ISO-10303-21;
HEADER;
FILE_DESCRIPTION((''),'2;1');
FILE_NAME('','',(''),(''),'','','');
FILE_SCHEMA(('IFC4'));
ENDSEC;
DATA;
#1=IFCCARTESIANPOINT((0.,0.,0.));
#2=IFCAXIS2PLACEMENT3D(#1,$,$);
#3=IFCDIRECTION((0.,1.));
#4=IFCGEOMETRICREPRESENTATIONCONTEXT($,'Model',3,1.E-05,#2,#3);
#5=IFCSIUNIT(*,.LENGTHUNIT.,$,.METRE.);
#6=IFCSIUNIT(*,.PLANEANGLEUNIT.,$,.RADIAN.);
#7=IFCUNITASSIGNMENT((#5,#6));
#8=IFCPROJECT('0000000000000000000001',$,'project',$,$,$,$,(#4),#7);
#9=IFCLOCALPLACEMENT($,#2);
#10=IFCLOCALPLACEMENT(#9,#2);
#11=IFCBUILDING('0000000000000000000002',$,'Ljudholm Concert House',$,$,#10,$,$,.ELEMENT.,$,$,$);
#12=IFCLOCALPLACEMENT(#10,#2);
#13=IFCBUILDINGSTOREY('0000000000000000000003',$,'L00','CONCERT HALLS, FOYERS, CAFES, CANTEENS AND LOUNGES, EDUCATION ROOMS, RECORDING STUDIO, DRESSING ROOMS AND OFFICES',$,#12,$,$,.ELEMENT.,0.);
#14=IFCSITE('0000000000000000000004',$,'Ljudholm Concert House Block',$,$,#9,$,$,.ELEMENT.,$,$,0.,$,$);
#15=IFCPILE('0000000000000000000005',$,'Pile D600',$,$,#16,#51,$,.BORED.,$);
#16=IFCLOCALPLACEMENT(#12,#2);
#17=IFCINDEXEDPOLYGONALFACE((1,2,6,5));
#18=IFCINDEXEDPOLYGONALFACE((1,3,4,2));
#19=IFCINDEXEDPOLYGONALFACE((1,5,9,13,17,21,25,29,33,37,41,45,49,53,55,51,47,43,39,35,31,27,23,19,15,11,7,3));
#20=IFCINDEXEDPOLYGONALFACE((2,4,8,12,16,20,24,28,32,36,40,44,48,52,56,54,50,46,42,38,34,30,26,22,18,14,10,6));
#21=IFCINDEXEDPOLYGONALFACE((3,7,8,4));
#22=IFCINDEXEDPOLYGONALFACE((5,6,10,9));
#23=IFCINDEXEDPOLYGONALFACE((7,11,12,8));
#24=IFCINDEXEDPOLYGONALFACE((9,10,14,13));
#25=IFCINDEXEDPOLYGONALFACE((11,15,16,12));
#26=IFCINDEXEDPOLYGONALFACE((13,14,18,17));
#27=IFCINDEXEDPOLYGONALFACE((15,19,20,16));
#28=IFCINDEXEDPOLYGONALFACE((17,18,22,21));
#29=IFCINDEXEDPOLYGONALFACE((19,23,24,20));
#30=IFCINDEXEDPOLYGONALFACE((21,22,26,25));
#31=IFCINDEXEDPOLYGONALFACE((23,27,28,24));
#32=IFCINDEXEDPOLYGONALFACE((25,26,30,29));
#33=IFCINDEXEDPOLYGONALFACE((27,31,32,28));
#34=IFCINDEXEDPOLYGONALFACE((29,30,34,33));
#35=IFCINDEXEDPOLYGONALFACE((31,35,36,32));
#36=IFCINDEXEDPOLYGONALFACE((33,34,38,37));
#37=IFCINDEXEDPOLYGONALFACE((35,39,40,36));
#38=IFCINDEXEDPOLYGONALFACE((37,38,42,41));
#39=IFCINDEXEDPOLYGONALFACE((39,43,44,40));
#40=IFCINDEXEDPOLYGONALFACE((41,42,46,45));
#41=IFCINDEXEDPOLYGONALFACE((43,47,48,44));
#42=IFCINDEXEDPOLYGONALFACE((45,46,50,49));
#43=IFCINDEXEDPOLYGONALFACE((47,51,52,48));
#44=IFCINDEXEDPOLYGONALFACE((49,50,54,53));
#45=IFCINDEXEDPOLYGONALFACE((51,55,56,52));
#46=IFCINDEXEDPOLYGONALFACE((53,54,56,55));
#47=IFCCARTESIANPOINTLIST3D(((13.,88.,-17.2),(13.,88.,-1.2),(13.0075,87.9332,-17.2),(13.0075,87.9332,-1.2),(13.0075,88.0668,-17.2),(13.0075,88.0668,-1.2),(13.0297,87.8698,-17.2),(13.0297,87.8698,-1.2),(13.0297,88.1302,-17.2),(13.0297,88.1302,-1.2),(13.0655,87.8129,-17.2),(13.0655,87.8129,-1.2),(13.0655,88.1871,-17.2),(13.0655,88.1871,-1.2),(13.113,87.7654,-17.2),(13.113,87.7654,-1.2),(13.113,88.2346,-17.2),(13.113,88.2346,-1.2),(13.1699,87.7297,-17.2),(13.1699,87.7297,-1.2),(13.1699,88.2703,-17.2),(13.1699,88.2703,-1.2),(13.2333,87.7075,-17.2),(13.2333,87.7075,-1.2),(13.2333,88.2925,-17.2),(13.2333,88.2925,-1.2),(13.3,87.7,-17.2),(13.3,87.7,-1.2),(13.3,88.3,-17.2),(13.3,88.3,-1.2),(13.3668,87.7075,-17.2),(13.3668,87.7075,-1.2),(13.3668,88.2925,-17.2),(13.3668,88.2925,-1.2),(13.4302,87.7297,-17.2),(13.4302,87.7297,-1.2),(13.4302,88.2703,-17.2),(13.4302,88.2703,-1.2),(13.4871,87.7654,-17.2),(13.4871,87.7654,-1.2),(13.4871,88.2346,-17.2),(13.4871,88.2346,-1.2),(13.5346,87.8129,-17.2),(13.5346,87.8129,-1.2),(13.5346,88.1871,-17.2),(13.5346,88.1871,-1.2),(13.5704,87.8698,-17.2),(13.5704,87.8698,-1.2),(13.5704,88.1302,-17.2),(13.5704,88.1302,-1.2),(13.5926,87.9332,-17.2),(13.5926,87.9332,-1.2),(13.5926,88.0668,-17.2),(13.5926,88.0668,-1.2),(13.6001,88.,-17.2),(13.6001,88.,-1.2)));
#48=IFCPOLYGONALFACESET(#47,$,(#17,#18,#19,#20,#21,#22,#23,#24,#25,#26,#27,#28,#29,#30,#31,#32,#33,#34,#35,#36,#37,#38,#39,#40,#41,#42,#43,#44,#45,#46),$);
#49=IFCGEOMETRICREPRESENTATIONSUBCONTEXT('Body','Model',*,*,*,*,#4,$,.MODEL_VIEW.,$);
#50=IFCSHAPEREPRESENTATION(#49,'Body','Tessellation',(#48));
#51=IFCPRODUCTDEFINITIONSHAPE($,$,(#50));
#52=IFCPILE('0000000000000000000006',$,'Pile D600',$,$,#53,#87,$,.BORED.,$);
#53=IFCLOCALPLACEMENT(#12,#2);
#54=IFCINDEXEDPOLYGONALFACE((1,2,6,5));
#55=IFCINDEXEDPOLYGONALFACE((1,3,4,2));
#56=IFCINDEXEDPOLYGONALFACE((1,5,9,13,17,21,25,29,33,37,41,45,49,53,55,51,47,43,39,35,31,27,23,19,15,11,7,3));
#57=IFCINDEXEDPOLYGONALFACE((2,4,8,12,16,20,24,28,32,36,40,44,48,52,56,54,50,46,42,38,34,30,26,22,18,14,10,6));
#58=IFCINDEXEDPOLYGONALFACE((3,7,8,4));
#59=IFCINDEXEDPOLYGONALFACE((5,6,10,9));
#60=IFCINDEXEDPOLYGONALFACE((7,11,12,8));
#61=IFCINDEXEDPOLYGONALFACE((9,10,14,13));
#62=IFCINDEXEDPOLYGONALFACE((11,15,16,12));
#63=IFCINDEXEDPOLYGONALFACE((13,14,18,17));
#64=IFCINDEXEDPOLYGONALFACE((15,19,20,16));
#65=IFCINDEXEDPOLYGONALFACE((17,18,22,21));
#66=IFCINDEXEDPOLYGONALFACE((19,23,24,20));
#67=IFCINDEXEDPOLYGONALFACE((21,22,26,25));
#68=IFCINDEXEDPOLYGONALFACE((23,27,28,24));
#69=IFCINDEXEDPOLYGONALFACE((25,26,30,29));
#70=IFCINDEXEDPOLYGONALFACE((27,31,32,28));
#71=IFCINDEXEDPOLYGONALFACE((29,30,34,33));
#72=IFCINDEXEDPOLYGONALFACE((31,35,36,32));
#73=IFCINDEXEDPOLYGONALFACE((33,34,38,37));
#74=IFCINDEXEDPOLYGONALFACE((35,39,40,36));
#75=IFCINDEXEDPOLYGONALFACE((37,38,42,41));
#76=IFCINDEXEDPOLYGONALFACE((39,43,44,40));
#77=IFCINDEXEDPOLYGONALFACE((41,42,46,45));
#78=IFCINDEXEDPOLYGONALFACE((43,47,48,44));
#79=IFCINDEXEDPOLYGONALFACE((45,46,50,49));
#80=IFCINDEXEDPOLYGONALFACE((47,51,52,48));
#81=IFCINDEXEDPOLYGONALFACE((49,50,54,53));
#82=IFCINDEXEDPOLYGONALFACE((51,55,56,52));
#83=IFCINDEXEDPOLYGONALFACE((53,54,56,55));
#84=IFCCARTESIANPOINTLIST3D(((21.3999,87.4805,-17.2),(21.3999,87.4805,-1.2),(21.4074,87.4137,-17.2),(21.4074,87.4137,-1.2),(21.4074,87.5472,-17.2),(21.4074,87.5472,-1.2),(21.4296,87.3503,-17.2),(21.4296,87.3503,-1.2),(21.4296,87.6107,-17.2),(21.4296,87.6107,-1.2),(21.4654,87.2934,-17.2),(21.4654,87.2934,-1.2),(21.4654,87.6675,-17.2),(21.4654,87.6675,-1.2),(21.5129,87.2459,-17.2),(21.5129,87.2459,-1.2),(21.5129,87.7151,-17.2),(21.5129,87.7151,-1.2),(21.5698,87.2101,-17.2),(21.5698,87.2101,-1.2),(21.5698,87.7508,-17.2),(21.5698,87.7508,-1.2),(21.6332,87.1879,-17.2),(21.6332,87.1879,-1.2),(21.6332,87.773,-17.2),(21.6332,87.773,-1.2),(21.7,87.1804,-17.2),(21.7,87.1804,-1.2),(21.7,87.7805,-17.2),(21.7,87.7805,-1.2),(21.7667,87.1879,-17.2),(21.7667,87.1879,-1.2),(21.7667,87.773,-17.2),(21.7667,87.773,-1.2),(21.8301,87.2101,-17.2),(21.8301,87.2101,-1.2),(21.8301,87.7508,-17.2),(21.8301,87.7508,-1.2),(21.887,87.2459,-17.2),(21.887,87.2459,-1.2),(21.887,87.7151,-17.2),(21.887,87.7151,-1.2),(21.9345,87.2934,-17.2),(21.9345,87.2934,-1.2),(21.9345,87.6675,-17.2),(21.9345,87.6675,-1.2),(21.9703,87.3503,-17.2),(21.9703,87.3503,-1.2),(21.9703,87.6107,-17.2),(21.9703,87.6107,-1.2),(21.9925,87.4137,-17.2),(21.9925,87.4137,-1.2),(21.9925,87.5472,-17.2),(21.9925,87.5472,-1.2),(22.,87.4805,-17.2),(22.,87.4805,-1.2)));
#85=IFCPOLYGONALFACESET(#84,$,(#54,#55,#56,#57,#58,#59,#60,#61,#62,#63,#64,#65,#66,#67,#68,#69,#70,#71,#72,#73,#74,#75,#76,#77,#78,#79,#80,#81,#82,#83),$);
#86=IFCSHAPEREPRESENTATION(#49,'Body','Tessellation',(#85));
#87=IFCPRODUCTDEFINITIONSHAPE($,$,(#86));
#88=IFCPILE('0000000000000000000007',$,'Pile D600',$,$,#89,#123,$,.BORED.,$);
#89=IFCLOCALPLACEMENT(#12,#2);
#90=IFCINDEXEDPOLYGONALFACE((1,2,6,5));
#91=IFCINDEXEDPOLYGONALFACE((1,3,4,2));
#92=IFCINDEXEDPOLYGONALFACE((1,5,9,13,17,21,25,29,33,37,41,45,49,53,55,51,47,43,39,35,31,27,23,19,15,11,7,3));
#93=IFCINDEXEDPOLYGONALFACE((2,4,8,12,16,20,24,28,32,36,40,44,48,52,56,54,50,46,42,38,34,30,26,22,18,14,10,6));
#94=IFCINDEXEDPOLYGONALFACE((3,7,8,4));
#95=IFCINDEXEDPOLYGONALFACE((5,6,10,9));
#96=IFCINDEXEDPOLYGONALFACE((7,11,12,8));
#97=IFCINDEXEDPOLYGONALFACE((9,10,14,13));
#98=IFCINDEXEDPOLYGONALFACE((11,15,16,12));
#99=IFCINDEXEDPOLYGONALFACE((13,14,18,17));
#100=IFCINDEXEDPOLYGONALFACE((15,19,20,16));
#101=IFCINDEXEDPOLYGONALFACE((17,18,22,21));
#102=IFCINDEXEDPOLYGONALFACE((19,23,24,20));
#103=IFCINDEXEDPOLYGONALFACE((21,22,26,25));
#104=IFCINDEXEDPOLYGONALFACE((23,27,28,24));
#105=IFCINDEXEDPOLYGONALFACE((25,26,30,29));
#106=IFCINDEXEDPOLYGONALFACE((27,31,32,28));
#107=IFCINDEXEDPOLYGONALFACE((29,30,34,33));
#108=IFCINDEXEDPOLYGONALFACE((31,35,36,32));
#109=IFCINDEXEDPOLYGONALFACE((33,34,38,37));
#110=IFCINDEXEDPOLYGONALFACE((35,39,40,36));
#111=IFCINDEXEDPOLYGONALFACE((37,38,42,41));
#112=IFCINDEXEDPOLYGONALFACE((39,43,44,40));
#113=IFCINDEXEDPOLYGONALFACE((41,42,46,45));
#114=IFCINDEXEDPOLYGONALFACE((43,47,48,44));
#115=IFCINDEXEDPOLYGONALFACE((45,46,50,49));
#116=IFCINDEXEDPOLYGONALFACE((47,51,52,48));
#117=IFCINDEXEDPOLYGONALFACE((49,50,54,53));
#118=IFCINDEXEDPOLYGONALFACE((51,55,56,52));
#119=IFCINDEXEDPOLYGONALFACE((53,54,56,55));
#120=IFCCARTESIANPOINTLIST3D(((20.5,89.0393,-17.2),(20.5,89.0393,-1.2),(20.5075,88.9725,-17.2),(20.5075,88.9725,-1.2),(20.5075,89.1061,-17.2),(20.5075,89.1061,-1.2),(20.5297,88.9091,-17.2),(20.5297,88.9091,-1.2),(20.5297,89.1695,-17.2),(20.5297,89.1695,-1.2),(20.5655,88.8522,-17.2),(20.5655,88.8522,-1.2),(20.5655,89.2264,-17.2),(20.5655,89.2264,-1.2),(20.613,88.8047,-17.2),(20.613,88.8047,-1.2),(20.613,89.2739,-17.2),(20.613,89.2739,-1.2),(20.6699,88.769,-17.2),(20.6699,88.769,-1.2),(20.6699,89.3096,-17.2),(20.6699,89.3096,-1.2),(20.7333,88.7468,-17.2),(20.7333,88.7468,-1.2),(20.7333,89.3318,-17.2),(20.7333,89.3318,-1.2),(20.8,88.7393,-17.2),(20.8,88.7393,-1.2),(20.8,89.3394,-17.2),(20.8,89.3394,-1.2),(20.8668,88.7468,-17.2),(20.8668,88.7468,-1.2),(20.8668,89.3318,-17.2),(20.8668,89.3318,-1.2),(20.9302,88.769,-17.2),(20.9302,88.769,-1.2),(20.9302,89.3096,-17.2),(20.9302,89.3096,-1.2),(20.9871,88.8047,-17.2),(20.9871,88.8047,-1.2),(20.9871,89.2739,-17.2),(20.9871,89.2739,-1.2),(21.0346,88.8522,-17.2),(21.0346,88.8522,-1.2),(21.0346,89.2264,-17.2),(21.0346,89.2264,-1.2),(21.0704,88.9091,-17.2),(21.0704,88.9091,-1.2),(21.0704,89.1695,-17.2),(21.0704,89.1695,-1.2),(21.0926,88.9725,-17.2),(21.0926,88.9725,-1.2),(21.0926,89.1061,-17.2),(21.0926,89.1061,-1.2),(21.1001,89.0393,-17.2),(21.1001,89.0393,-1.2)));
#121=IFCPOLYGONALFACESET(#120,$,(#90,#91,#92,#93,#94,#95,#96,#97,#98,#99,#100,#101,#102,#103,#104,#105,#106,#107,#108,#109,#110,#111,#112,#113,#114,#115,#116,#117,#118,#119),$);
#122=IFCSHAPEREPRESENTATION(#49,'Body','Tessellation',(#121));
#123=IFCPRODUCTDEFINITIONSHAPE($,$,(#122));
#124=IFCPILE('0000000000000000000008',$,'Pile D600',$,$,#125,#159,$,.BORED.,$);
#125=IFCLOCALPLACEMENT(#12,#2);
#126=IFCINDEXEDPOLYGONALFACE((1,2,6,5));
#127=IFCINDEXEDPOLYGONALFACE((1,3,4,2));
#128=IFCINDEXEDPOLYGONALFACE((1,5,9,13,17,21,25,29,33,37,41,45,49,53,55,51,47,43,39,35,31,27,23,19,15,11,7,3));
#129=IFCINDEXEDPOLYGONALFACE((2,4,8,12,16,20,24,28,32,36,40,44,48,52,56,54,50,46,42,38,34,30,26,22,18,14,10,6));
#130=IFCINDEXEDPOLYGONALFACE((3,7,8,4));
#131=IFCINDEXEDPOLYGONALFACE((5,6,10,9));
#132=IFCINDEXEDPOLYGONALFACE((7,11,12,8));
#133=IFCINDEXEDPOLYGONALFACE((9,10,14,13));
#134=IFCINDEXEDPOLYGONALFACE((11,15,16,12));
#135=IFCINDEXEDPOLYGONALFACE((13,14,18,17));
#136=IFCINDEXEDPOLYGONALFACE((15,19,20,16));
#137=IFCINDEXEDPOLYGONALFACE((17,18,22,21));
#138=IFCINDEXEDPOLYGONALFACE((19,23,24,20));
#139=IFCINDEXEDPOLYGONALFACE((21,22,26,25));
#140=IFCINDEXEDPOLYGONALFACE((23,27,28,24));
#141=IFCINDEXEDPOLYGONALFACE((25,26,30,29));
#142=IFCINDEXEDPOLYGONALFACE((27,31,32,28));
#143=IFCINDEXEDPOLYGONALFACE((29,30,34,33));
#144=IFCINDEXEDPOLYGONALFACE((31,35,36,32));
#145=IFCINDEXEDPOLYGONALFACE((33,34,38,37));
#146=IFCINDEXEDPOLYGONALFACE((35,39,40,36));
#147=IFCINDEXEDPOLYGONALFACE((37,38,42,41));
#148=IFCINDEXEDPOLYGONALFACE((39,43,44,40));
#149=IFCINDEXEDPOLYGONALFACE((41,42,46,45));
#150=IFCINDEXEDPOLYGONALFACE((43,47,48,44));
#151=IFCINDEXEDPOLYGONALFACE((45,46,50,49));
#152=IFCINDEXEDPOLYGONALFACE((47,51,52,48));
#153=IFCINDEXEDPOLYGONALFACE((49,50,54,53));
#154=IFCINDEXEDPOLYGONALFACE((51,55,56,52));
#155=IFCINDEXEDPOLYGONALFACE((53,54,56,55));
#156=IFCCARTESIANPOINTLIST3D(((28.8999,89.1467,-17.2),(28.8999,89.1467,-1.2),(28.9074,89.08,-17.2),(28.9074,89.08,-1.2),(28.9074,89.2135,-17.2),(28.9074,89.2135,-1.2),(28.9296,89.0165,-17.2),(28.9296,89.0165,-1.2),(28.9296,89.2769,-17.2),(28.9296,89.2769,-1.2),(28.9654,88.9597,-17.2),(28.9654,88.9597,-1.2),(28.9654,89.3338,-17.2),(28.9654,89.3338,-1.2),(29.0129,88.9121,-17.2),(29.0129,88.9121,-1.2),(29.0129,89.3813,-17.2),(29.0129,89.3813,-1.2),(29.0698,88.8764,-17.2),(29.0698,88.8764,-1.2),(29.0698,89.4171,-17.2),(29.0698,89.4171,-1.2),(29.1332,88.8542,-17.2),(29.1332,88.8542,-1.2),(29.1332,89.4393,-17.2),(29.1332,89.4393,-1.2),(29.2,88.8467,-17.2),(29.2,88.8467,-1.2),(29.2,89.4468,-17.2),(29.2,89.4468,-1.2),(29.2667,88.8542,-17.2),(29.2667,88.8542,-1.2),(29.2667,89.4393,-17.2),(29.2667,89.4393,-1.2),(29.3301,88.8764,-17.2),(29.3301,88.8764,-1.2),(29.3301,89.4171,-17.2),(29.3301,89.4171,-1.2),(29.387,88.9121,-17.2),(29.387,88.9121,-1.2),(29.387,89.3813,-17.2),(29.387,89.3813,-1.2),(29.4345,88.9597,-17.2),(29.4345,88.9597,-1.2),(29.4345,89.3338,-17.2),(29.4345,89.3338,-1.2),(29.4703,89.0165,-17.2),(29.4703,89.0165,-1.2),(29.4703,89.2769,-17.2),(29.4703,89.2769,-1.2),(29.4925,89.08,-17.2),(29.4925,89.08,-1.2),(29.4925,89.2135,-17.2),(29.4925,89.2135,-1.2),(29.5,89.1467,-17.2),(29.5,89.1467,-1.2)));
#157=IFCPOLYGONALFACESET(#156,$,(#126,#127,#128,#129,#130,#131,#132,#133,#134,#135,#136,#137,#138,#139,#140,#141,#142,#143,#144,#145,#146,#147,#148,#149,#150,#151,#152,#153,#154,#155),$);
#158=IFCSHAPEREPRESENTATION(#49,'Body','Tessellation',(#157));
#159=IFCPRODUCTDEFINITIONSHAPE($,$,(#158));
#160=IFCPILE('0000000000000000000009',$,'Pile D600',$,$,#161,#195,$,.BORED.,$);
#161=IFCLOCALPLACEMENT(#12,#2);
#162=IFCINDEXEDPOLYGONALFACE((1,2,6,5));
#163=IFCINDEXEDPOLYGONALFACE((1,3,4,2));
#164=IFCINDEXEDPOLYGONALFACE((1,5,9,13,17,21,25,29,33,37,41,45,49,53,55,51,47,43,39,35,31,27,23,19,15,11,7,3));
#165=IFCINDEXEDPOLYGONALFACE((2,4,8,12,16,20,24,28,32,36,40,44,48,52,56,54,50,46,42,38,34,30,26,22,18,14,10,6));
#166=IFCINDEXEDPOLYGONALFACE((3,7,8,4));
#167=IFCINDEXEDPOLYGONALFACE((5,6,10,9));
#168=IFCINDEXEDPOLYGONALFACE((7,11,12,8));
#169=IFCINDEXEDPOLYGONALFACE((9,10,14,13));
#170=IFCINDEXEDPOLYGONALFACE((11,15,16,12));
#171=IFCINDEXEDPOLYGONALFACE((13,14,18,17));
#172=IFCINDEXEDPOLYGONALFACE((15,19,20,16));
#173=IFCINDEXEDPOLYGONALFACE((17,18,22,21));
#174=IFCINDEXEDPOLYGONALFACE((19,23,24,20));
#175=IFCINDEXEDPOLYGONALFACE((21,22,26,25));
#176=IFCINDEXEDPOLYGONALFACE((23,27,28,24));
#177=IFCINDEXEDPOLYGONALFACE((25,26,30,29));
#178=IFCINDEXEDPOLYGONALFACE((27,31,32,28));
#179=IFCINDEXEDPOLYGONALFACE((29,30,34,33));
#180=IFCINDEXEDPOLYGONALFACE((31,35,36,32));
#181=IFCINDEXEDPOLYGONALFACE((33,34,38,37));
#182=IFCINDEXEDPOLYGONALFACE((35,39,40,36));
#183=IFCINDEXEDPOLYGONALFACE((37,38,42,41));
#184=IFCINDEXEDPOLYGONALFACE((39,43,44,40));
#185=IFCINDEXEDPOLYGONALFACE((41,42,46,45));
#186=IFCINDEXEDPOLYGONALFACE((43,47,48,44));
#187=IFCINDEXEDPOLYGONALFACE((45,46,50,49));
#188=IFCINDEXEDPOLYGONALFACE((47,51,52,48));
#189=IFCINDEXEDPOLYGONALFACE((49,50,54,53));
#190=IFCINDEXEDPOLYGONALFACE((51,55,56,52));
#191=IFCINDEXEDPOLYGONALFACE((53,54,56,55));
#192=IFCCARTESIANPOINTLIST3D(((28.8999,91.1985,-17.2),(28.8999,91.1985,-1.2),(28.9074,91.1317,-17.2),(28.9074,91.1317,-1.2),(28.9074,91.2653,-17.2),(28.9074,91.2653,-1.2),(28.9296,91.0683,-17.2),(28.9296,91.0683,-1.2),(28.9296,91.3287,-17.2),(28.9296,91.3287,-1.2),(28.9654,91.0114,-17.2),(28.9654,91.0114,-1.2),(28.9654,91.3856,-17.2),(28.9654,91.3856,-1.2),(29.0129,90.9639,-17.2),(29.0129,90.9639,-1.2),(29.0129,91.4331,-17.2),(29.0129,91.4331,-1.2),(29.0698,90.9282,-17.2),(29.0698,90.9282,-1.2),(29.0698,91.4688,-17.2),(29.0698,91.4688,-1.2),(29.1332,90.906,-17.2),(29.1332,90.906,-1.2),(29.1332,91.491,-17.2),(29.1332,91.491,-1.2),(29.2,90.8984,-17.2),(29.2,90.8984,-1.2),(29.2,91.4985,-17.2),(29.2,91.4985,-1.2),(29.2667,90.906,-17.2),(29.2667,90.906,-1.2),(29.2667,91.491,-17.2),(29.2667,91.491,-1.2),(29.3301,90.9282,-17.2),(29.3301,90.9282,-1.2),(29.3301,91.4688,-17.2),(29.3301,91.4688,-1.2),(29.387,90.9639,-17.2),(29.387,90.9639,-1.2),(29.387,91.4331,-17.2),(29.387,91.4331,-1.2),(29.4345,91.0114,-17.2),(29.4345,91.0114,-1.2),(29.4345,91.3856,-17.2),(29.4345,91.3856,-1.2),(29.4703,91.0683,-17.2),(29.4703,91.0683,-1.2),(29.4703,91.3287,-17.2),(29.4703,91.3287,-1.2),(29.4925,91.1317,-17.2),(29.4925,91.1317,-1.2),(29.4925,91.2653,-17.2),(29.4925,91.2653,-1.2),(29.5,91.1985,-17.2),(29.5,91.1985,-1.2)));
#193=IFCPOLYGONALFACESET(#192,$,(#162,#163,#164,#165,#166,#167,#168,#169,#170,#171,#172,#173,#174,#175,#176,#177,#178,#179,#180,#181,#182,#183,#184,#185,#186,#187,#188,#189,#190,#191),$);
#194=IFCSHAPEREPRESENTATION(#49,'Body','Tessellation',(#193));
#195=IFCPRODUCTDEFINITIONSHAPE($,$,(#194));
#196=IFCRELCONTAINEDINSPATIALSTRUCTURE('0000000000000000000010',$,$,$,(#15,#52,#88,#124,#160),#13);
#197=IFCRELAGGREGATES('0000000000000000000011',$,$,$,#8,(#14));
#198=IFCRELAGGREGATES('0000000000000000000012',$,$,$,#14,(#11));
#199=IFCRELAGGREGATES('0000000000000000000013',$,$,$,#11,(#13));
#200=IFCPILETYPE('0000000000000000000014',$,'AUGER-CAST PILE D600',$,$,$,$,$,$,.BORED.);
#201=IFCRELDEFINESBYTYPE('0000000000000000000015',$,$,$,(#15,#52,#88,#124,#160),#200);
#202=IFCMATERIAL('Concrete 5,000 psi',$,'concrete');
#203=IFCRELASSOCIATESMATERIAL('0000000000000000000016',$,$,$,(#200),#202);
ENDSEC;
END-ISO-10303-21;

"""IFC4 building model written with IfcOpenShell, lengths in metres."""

from ifc_helpers import new_model, si_unit, direction, frame, origin, origin_2d, place, context, subcontext, project, spatial, circle, extrude, material, material_profile, profile_set, type_object, element, save


model = new_model("IFC4")

# Units and contexts
model_context = context("Model", 3, precision=1e-05, world=origin(), true_north=direction((0.0, 1.0)))
body_context = subcontext(model_context, "Body", "Model", "MODEL_VIEW")
ifc_project = project(units=[si_unit("LENGTHUNIT", "METRE"), si_unit("PLANEANGLEUNIT", "RADIAN")], contexts=[model_context])

# Site, building, storey
site_placement = place(None, origin())
site = spatial("IfcSite", under=ifc_project, at=site_placement, Name="Ljudholm Concert House Block", CompositionType="ELEMENT", RefElevation=0.0)
building_placement = place(site_placement, origin())
building = spatial("IfcBuilding", under=site, at=building_placement, Name="Ljudholm Concert House", CompositionType="ELEMENT")
storey_placement = place(building_placement, origin())
storey = spatial("IfcBuildingStorey", under=building, at=storey_placement, Name="L00", Description="CONCERT HALLS, FOYERS, CAFES, CANTEENS AND LOUNGES, EDUCATION ROOMS, RECORDING STUDIO, DRESSING ROOMS AND OFFICES", CompositionType="ELEMENT", Elevation=0.0)

# Piles
ifc_material_1 = material(Name="Concrete 5,000 psi", Category="concrete")
ifc_material_profile_1 = material_profile(ifc_material_1, circle(Radius=0.3, at=origin_2d()), Name="AUGER-CAST PILE D600")
ifc_profile_set_1 = profile_set([ifc_material_profile_1], Name="Concrete 5,000 psi")
pile_type = type_object("IfcPileType", Name="AUGER-CAST PILE D600", PredefinedType="BORED", material=ifc_profile_set_1)
for number, where, z_axis, x_axis, name in (
    (1, (13.3, 88.0, -1.2), (0.0, 0.0, -1.0), (1.0, 0.0, 0.0), "Pile D600"),
    (2, (21.7, 87.4805, -1.2), (0.0, 0.0, -1.0), (1.0, 0.0, 0.0), "Pile D600"),
    (3, (20.8, 89.0393, -1.2), (0.0, 0.0, -1.0), (1.0, 0.0, 0.0), "Pile D600"),
    (4, (29.2, 89.1467, -1.2), (0.0, 0.0, -1.0), (1.0, 0.0, 0.0), "Pile D600"),
    (5, (29.2, 91.1985, -1.2), (0.0, 0.0, -1.0), (1.0, 0.0, 0.0), "Pile D600"),
):
    element("IfcPile", number, at=place(storey_placement, frame(where, z_axis=z_axis, x_axis=x_axis)), inside=storey, type_object=pile_type, Name=name, PredefinedType="BORED", context=body_context, shape_type="SweptSolid", body=[
        extrude(circle(Radius=0.3, at=origin_2d()), origin(), (0.0, 0.0, 1.0), 16.0),
    ])

save(model, "model.ifc")
